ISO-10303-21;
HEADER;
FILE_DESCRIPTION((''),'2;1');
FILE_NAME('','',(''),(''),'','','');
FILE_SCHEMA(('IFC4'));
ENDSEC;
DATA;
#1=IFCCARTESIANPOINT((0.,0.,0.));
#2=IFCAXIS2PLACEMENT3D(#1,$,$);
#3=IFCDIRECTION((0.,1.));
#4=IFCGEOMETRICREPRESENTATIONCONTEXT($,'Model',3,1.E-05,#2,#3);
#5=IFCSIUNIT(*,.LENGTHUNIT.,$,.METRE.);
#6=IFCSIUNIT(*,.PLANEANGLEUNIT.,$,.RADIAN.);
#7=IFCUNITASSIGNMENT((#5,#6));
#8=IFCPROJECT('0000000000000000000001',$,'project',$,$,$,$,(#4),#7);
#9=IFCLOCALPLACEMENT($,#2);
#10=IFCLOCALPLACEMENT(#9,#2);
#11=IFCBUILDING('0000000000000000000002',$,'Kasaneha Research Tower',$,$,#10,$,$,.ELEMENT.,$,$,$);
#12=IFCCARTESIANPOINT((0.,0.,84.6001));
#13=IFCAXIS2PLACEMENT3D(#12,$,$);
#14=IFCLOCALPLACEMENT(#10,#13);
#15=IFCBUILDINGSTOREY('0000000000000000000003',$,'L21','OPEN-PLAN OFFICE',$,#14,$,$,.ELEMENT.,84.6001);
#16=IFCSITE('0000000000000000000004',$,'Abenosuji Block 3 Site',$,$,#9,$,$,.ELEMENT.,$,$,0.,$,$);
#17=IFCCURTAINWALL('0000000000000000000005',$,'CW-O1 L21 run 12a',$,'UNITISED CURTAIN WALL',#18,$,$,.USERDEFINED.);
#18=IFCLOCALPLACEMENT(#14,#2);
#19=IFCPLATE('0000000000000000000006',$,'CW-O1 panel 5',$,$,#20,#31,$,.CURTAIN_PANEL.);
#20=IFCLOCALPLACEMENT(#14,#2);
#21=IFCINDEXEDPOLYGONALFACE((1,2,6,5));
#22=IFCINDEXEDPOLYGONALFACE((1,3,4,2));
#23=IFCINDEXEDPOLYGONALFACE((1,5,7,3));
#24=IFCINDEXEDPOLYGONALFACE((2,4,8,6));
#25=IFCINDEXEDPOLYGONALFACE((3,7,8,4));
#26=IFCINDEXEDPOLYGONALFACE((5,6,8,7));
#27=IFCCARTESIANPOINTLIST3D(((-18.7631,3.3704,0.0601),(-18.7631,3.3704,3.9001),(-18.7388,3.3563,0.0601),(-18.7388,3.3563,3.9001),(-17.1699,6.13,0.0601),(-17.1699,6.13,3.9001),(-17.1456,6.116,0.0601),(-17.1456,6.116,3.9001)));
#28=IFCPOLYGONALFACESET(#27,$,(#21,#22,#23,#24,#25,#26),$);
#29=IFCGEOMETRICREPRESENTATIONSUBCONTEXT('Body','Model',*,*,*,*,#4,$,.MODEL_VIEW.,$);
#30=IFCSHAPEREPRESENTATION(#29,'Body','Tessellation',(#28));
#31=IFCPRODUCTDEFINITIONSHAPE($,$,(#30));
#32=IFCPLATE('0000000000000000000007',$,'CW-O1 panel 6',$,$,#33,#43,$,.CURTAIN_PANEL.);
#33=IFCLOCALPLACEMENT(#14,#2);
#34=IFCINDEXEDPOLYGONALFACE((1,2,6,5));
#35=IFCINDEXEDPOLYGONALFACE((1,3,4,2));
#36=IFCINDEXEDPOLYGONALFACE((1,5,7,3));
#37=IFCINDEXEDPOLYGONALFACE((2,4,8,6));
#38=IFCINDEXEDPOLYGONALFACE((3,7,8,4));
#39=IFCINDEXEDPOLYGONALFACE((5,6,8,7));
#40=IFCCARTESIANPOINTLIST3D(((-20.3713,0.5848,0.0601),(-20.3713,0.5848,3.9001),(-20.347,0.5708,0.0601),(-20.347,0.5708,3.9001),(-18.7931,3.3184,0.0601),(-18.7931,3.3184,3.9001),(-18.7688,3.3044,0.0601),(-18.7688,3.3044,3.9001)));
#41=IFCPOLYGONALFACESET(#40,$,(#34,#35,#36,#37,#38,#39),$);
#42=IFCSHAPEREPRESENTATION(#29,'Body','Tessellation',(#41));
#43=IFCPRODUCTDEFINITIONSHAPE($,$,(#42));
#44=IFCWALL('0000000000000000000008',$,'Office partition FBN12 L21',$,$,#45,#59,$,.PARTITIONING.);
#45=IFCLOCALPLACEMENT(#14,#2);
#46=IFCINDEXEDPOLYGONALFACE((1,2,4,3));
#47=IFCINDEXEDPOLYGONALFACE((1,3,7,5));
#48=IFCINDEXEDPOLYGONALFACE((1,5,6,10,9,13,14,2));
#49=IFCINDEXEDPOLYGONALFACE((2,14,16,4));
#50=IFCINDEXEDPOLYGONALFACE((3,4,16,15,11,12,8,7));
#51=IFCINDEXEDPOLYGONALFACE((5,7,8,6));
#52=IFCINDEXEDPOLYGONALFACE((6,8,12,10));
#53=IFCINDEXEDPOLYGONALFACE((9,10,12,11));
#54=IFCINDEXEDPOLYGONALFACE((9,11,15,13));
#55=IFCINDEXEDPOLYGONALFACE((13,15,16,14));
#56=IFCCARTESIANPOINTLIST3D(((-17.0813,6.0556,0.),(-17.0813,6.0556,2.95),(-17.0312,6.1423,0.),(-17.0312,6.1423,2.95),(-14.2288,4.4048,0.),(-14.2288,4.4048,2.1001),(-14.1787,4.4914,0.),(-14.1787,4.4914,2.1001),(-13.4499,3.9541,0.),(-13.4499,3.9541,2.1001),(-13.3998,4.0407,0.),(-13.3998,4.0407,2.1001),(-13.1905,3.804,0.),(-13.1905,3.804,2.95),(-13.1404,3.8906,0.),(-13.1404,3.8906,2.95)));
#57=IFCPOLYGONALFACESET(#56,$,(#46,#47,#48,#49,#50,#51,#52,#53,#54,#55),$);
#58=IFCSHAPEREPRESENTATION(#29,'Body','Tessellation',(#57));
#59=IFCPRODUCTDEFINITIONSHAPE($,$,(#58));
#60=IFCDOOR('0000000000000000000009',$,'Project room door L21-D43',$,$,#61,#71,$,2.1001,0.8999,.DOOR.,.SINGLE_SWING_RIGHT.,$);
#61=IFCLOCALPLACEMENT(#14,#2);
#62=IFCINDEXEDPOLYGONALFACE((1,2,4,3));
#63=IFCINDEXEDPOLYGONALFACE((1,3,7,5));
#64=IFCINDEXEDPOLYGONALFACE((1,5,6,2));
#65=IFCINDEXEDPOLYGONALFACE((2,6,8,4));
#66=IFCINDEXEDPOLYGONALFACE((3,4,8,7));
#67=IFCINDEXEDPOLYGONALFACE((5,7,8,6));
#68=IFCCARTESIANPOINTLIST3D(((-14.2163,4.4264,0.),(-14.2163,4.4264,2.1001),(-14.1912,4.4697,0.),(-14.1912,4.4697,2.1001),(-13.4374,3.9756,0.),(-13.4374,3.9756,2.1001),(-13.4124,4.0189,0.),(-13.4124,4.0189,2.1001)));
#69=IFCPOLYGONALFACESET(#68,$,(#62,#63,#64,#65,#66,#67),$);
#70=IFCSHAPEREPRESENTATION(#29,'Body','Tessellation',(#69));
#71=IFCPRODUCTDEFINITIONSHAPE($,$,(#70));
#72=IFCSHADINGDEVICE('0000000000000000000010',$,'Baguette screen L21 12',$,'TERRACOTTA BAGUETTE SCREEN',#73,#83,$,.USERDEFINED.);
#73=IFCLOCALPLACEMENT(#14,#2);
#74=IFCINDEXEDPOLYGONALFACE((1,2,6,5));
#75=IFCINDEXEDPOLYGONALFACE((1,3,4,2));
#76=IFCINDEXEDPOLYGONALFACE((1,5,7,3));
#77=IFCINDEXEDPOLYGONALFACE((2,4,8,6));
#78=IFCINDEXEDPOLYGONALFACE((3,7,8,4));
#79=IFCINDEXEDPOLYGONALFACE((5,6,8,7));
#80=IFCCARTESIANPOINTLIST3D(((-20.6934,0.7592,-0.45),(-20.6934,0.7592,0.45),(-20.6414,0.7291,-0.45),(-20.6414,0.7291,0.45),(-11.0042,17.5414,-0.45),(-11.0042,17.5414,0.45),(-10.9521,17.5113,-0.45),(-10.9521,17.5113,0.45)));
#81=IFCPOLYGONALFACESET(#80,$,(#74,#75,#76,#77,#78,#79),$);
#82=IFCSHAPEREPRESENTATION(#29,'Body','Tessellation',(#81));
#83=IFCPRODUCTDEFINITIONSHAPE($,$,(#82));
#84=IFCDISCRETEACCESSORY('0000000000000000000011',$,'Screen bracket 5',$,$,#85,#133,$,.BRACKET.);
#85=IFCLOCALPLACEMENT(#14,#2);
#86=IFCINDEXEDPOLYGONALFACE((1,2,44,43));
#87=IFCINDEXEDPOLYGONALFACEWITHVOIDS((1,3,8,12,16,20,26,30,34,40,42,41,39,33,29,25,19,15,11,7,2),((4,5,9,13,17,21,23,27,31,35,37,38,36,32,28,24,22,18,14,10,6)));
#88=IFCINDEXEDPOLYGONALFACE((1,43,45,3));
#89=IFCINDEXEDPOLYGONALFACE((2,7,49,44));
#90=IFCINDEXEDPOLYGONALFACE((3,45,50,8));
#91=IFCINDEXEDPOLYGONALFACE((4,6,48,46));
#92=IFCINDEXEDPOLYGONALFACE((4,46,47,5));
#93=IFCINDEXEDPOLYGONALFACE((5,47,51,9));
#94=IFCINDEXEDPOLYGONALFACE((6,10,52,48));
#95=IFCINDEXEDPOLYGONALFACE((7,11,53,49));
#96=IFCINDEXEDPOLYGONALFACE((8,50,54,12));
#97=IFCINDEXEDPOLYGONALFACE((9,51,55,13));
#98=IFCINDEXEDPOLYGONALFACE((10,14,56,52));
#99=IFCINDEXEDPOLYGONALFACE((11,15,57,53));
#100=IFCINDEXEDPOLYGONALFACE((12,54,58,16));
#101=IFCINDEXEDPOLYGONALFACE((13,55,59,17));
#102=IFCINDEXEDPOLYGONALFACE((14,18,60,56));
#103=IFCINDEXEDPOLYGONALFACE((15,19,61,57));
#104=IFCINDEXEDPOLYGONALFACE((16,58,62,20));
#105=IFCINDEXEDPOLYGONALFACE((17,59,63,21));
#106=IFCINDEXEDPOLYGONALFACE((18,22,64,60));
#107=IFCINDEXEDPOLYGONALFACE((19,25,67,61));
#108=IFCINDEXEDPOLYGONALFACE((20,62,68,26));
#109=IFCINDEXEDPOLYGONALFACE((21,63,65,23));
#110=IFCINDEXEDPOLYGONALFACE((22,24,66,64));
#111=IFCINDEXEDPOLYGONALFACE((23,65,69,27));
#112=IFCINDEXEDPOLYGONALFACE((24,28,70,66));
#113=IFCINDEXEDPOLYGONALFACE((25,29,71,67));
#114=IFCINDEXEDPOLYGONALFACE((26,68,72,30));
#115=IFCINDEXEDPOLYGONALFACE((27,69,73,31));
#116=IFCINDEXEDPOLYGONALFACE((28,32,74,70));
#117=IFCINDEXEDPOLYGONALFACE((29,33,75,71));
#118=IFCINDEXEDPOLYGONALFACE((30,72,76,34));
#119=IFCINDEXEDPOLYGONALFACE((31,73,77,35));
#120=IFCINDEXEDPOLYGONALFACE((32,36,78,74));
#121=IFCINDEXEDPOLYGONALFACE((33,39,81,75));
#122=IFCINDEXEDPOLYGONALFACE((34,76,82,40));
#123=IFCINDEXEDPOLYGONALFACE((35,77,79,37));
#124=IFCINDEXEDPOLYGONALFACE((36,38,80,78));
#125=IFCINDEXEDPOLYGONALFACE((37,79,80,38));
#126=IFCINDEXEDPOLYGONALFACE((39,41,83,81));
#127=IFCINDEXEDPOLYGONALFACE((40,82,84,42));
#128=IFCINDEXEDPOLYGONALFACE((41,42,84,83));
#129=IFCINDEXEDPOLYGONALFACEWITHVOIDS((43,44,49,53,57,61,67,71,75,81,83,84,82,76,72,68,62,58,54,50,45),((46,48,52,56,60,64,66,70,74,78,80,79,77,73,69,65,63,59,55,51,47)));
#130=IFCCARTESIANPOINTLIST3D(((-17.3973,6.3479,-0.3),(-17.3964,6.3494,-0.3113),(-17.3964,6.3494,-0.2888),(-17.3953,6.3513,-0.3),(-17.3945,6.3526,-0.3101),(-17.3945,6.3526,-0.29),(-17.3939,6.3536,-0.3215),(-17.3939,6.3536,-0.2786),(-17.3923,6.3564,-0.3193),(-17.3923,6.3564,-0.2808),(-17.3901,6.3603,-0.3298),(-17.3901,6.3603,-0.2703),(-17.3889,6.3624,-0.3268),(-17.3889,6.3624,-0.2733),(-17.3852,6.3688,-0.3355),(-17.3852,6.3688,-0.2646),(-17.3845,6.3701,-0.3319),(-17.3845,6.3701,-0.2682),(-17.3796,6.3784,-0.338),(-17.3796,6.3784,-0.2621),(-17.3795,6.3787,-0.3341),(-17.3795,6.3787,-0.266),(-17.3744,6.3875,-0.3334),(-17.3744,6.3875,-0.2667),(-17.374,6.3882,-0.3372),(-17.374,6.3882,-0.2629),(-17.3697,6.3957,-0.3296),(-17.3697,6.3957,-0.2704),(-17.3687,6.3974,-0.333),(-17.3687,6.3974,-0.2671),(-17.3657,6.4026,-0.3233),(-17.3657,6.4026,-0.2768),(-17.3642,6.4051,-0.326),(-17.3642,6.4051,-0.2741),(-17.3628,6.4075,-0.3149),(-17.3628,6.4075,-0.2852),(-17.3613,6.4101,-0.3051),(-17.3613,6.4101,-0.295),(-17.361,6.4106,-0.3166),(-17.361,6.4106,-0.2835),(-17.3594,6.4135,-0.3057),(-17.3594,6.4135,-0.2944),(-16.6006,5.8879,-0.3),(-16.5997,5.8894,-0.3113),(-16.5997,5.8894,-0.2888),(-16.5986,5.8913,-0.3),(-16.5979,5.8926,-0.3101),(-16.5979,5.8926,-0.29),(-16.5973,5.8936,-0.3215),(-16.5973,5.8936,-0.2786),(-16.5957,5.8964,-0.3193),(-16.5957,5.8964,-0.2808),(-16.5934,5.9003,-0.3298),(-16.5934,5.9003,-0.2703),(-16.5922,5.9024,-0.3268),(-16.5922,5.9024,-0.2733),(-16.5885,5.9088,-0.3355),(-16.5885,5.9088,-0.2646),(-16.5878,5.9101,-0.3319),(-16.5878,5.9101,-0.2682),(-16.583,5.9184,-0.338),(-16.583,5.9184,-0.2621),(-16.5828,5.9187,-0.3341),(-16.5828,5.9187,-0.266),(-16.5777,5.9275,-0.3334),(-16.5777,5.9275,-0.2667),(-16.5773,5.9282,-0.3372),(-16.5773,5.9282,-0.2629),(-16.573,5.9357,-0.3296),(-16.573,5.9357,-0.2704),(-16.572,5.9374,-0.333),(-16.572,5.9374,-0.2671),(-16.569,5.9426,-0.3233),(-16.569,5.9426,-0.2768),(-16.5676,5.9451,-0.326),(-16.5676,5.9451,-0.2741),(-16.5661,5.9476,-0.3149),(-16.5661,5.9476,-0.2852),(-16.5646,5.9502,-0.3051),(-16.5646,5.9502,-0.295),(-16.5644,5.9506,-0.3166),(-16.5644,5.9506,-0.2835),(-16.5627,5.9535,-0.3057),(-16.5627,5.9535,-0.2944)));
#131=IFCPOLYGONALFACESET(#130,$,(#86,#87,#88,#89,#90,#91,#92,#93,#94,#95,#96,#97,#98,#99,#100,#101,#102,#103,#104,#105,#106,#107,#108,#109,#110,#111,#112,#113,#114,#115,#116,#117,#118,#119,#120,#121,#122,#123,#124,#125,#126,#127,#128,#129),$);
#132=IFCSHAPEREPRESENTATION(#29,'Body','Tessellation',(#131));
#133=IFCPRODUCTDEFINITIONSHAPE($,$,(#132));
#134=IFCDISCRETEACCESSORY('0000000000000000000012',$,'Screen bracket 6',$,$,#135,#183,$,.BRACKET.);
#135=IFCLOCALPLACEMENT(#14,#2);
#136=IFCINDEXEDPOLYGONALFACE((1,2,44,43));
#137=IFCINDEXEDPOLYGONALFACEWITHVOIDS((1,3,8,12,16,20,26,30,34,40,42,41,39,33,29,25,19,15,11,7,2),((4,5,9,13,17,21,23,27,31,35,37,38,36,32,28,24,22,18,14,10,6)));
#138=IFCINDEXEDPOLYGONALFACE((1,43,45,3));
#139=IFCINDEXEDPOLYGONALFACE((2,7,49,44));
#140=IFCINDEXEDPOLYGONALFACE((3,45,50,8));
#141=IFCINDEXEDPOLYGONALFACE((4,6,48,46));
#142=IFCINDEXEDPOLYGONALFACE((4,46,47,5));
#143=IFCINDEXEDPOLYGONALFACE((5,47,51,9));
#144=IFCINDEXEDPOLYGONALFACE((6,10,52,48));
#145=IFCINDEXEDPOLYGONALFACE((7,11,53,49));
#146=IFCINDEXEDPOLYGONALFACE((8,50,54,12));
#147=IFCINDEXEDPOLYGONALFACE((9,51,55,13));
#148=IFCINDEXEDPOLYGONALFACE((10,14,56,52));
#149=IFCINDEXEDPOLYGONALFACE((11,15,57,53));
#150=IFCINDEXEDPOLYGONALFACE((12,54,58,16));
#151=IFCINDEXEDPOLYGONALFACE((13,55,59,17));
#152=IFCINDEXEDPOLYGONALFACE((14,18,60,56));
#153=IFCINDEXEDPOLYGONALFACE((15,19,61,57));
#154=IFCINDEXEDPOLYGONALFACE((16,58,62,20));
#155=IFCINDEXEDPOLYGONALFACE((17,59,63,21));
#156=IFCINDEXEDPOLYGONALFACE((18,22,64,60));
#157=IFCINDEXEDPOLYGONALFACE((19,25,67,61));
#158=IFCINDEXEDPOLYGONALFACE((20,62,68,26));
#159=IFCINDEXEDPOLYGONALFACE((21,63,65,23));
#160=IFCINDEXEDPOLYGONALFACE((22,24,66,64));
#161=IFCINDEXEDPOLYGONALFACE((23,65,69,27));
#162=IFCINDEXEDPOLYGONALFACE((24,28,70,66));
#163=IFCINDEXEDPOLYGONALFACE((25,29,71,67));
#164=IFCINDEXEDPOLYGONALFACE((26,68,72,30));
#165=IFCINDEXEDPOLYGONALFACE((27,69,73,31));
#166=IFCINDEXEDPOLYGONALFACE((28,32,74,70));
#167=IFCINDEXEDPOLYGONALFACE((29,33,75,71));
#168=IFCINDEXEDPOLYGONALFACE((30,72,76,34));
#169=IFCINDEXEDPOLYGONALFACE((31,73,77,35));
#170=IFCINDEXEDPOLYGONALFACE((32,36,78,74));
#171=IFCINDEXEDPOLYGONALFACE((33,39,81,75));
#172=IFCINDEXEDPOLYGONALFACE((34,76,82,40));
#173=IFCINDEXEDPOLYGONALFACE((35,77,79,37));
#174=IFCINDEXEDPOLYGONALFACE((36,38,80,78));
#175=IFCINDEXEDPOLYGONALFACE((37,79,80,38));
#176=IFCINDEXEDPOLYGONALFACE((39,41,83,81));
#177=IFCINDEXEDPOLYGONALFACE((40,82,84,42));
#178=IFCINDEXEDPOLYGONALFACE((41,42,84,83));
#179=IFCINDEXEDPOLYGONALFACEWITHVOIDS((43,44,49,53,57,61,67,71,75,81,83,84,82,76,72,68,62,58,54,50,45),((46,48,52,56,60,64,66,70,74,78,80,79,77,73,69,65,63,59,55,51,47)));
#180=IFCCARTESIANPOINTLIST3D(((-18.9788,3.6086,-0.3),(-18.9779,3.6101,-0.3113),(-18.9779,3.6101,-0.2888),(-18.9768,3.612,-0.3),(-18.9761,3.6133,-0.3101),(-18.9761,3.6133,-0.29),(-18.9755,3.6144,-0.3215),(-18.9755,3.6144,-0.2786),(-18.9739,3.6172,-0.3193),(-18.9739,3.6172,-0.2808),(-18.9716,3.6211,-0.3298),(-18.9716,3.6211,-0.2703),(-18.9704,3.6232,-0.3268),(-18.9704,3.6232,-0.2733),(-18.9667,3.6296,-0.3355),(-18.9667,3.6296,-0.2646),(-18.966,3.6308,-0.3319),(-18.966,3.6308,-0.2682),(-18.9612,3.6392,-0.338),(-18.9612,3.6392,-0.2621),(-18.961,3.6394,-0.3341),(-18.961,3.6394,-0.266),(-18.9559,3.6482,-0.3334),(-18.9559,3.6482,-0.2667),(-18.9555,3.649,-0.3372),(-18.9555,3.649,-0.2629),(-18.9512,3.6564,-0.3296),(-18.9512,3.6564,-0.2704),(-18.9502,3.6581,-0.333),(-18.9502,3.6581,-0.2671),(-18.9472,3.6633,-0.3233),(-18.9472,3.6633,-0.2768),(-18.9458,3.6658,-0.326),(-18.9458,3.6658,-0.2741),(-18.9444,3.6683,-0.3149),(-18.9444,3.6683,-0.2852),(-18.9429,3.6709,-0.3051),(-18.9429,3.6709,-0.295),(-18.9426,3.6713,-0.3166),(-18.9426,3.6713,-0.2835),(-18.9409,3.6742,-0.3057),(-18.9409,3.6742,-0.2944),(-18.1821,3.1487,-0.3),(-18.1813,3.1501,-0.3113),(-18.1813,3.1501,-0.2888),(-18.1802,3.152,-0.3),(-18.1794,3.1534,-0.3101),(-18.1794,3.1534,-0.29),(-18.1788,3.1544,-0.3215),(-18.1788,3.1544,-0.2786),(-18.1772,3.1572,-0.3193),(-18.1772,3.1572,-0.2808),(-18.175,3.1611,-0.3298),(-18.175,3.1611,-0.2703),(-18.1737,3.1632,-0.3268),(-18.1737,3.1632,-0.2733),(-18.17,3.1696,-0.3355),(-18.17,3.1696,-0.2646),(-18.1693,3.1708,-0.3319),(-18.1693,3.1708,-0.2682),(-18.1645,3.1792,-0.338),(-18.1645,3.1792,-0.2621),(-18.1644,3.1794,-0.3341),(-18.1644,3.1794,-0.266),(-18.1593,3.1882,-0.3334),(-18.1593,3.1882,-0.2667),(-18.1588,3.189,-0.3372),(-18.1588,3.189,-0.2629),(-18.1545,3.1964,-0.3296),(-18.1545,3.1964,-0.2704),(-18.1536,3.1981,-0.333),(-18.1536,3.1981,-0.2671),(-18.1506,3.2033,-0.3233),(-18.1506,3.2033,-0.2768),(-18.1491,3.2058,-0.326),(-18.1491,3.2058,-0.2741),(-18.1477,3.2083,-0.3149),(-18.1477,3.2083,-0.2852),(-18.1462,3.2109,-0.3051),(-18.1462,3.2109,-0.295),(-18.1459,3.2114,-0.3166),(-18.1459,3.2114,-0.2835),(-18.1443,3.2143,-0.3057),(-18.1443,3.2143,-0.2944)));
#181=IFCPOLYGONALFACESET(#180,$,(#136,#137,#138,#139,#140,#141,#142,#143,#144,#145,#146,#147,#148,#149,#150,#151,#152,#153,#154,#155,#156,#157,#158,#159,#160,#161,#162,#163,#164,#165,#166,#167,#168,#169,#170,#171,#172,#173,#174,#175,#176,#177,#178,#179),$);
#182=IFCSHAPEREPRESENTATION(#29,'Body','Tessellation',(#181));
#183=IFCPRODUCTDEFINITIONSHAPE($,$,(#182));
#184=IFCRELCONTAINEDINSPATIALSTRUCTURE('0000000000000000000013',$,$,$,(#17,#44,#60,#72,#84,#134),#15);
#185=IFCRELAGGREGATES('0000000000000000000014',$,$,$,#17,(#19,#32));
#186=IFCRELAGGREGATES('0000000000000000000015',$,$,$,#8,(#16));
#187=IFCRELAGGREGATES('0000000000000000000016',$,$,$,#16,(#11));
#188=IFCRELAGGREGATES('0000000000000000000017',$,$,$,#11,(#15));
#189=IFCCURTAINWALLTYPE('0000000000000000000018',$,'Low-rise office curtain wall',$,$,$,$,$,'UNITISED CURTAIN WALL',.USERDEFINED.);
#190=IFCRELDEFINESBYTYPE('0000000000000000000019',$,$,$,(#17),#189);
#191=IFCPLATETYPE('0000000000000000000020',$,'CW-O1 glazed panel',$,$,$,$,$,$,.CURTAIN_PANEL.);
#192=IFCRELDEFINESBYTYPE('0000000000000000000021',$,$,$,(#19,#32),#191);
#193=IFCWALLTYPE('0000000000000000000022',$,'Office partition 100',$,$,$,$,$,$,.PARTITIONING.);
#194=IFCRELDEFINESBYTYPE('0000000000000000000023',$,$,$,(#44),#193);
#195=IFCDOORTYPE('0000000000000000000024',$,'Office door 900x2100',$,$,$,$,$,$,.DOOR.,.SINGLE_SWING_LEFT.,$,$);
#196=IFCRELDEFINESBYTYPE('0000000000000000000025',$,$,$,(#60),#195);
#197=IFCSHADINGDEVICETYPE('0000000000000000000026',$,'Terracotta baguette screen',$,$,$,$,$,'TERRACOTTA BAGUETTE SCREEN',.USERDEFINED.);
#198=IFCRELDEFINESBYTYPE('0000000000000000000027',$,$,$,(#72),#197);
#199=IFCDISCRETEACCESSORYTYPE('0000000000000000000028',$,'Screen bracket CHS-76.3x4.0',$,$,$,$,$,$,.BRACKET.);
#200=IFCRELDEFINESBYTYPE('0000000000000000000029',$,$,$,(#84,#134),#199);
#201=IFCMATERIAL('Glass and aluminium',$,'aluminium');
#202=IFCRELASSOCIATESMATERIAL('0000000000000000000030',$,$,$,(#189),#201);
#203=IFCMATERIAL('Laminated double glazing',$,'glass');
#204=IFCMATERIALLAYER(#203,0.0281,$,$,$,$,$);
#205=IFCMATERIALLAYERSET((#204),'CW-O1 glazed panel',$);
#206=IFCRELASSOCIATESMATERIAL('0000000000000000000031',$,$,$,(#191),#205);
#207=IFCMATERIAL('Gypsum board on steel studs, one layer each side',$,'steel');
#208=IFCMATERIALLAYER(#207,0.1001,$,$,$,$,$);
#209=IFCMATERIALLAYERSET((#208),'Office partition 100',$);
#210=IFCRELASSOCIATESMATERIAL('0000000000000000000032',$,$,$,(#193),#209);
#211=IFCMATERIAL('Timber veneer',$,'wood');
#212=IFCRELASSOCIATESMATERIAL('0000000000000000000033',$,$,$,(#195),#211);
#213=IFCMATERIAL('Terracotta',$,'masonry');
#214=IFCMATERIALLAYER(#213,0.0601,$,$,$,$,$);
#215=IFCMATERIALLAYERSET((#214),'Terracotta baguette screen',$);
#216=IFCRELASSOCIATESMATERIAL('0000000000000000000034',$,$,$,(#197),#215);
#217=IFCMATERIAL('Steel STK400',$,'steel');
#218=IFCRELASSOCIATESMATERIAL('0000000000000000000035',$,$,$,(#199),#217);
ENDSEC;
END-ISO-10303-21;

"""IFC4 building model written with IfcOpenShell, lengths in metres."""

from ifc_helpers import new_model, si_unit, direction, frame, frame_2d, origin, origin_2d, place, context, subcontext, project, spatial, rectangle, hollow_circle, extrude, material, layer, layer_set, material_profile, profile_set, type_object, element, fill, aggregate, save


model = new_model("IFC4")

# Units and contexts
model_context = context("Model", 3, precision=1e-05, world=origin(), true_north=direction((0.0, 1.0)))
body_context = subcontext(model_context, "Body", "Model", "MODEL_VIEW")
ifc_project = project(units=[si_unit("LENGTHUNIT", "METRE"), si_unit("PLANEANGLEUNIT", "RADIAN")], contexts=[model_context])

# Site, building, storey
site_placement = place(None, origin())
site = spatial("IfcSite", under=ifc_project, at=site_placement, Name="Abenosuji Block 3 Site", CompositionType="ELEMENT", RefElevation=0.0)
building_placement = place(site_placement, origin())
building = spatial("IfcBuilding", under=site, at=building_placement, Name="Kasaneha Research Tower", CompositionType="ELEMENT")
storey_placement = place(building_placement, frame((0.0, 0.0, 84.6001)))
storey = spatial("IfcBuildingStorey", under=building, at=storey_placement, Name="L21", Description="OPEN-PLAN OFFICE", CompositionType="ELEMENT", Elevation=84.6001)

# Curtain wall
ifc_material_1 = material(Name="Glass and aluminium", Category="aluminium")
curtain_wall_type = type_object("IfcCurtainWallType", Name="Low-rise office curtain wall", ElementType="UNITISED CURTAIN WALL", PredefinedType="USERDEFINED", material=ifc_material_1)
curtain_wall_1_placement = place(storey_placement, origin())
curtain_wall_1 = element("IfcCurtainWall", 1, at=curtain_wall_1_placement, inside=storey, type_object=curtain_wall_type, Name="CW-O1 L21 run 12a", ObjectType="UNITISED CURTAIN WALL", PredefinedType="USERDEFINED")

# Plates
ifc_material_2 = material(Name="Laminated double glazing", Category="glass")
ifc_layer_1 = layer(ifc_material_2, 0.0281)
ifc_layer_set_1 = layer_set([ifc_layer_1], Name="CW-O1 glazed panel")
plate_type = type_object("IfcPlateType", Name="CW-O1 glazed panel", PredefinedType="CURTAIN_PANEL", material=ifc_layer_set_1)
plate_1_placement = place(storey_placement, frame((-17.9543, 4.7432, 0.0601), z_axis=(0.0, 0.0, 1.0), x_axis=(-0.5, -0.866025, 0.0)))
plate_1 = element("IfcPlate", 2, at=plate_1_placement, type_object=plate_type, Name="CW-O1 panel 5", PredefinedType="CURTAIN_PANEL", context=body_context, shape_type="SweptSolid", body=[
    extrude(rectangle(XDim=3.1865, YDim=0.0281, at=origin_2d()), origin(), (0.0, 0.0, 1.0), 3.8401),
])
plate_2_placement = place(storey_placement, frame((-19.5701, 1.9446, 0.0601), z_axis=(0.0, 0.0, 1.0), x_axis=(-0.5, -0.866025, 0.0)))
plate_2 = element("IfcPlate", 3, at=plate_2_placement, type_object=plate_type, Name="CW-O1 panel 6", PredefinedType="CURTAIN_PANEL", context=body_context, shape_type="SweptSolid", body=[
    extrude(rectangle(XDim=3.1565, YDim=0.0281, at=origin_2d()), origin(), (0.0, 0.0, 1.0), 3.8401),
])
aggregate(curtain_wall_1, [plate_1, plate_2])

# Wall, opening, door
ifc_material_3 = material(Name="Gypsum board on steel studs, one layer each side", Category="steel")
ifc_layer_2 = layer(ifc_material_3, 0.1001)
ifc_layer_set_2 = layer_set([ifc_layer_2], Name="Office partition 100")
wall_type = type_object("IfcWallType", Name="Office partition 100", PredefinedType="PARTITIONING", material=ifc_layer_set_2)
wall_placement = place(storey_placement, frame((-17.0562, 6.0989, 0.0), z_axis=(0.0, 0.0, 1.0), x_axis=(0.865513, -0.500886, 0.0)))
wall = element("IfcWall", 4, at=wall_placement, inside=storey, type_object=wall_type, Name="Office partition FBN12 L21", PredefinedType="PARTITIONING", context=body_context, shape_type="SweptSolid", body=[
    extrude(rectangle(XDim=4.4954, YDim=0.1001, at=frame_2d((2.2476, 0.0))), origin(), (0.0, 0.0, 1.0), 2.95),
])
opening_placement = place(wall_placement, frame((3.2957, 0.0, 0.0)))
opening = element("IfcOpeningElement", 5, at=opening_placement, cuts=wall, PredefinedType="OPENING", context=body_context, shape_type="SweptSolid", body=[
    extrude(rectangle(XDim=0.8999, YDim=2.1001, at=frame_2d((0.45, 1.05))), frame((0.0, 0.0601, 0.0), z_axis=(0.0, -1.0, 0.0), x_axis=(1.0, 0.0, 0.0)), (0.0, 0.0, 1.0), 0.1201),
])
ifc_material_4 = material(Name="Timber veneer", Category="wood")
door_type = type_object("IfcDoorType", Name="Office door 900x2100", OperationType="SINGLE_SWING_LEFT", PredefinedType="DOOR", material=ifc_material_4)
door_placement = place(opening_placement, origin())
door = element("IfcDoor", 6, at=door_placement, inside=storey, type_object=door_type, Name="Project room door L21-D43", OperationType="SINGLE_SWING_RIGHT", OverallHeight=2.1001, OverallWidth=0.8999, PredefinedType="DOOR", context=body_context, shape_type="SweptSolid", body=[
    extrude(rectangle(XDim=0.8999, YDim=2.1001, at=frame_2d((0.45, 1.05))), frame((0.0, 0.0249, 0.0), z_axis=(0.0, -1.0, 0.0), x_axis=(1.0, 0.0, 0.0)), (0.0, 0.0, 1.0), 0.05),
])
fill(opening, door)

# Shading device
ifc_material_5 = material(Name="Terracotta", Category="masonry")
ifc_layer_3 = layer(ifc_material_5, 0.0601)
ifc_layer_set_3 = layer_set([ifc_layer_3], Name="Terracotta baguette screen")
shading_device_type = type_object("IfcShadingDeviceType", Name="Terracotta baguette screen", ElementType="TERRACOTTA BAGUETTE SCREEN", PredefinedType="USERDEFINED", material=ifc_layer_set_3)
shading_device_placement = place(storey_placement, frame((-15.8228, 9.1353, -0.45), z_axis=(0.0, 0.0, 1.0), x_axis=(-0.5, -0.866025, 0.0)))
element("IfcShadingDevice", 7, at=shading_device_placement, inside=storey, type_object=shading_device_type, Name="Baguette screen L21 12", ObjectType="TERRACOTTA BAGUETTE SCREEN", PredefinedType="USERDEFINED", context=body_context, shape_type="SweptSolid", body=[
    extrude(rectangle(XDim=19.3784, YDim=0.0601, at=origin_2d()), origin(), (0.0, 0.0, 1.0), 0.8999),
])

# Discrete accessories
ifc_material_6 = material(Name="Steel STK400", Category="steel")
ifc_material_profile_1 = material_profile(ifc_material_6, hollow_circle(Radius=0.0381, WallThickness=0.0039, at=origin_2d()), Name="CHS-76.3x4.0")
ifc_profile_set_1 = profile_set([ifc_material_profile_1], Name="Steel STK400")
discrete_accessory_type = type_object("IfcDiscreteAccessoryType", Name="Screen bracket CHS-76.3x4.0", PredefinedType="BRACKET", material=ifc_profile_set_1)
for number, where, z_axis, x_axis, name in (
    (8, (-16.5815, 5.9209, -0.3), (-0.866013, 0.500021, 0.0), (-0.500021, -0.866013, 0.0), "Screen bracket 5"),
    (9, (-18.1631, 3.1816, -0.3), (-0.866013, 0.500021, 0.0), (-0.500021, -0.866013, 0.0), "Screen bracket 6"),
):
    element("IfcDiscreteAccessory", number, at=place(storey_placement, frame(where, z_axis=z_axis, x_axis=x_axis)), inside=storey, type_object=discrete_accessory_type, Name=name, PredefinedType="BRACKET", context=body_context, shape_type="SweptSolid", body=[
        extrude(hollow_circle(Radius=0.0381, WallThickness=0.0039, at=origin_2d()), origin(), (0.0, 0.0, 1.0), 0.9199),
    ])

save(model, "model.ifc")
